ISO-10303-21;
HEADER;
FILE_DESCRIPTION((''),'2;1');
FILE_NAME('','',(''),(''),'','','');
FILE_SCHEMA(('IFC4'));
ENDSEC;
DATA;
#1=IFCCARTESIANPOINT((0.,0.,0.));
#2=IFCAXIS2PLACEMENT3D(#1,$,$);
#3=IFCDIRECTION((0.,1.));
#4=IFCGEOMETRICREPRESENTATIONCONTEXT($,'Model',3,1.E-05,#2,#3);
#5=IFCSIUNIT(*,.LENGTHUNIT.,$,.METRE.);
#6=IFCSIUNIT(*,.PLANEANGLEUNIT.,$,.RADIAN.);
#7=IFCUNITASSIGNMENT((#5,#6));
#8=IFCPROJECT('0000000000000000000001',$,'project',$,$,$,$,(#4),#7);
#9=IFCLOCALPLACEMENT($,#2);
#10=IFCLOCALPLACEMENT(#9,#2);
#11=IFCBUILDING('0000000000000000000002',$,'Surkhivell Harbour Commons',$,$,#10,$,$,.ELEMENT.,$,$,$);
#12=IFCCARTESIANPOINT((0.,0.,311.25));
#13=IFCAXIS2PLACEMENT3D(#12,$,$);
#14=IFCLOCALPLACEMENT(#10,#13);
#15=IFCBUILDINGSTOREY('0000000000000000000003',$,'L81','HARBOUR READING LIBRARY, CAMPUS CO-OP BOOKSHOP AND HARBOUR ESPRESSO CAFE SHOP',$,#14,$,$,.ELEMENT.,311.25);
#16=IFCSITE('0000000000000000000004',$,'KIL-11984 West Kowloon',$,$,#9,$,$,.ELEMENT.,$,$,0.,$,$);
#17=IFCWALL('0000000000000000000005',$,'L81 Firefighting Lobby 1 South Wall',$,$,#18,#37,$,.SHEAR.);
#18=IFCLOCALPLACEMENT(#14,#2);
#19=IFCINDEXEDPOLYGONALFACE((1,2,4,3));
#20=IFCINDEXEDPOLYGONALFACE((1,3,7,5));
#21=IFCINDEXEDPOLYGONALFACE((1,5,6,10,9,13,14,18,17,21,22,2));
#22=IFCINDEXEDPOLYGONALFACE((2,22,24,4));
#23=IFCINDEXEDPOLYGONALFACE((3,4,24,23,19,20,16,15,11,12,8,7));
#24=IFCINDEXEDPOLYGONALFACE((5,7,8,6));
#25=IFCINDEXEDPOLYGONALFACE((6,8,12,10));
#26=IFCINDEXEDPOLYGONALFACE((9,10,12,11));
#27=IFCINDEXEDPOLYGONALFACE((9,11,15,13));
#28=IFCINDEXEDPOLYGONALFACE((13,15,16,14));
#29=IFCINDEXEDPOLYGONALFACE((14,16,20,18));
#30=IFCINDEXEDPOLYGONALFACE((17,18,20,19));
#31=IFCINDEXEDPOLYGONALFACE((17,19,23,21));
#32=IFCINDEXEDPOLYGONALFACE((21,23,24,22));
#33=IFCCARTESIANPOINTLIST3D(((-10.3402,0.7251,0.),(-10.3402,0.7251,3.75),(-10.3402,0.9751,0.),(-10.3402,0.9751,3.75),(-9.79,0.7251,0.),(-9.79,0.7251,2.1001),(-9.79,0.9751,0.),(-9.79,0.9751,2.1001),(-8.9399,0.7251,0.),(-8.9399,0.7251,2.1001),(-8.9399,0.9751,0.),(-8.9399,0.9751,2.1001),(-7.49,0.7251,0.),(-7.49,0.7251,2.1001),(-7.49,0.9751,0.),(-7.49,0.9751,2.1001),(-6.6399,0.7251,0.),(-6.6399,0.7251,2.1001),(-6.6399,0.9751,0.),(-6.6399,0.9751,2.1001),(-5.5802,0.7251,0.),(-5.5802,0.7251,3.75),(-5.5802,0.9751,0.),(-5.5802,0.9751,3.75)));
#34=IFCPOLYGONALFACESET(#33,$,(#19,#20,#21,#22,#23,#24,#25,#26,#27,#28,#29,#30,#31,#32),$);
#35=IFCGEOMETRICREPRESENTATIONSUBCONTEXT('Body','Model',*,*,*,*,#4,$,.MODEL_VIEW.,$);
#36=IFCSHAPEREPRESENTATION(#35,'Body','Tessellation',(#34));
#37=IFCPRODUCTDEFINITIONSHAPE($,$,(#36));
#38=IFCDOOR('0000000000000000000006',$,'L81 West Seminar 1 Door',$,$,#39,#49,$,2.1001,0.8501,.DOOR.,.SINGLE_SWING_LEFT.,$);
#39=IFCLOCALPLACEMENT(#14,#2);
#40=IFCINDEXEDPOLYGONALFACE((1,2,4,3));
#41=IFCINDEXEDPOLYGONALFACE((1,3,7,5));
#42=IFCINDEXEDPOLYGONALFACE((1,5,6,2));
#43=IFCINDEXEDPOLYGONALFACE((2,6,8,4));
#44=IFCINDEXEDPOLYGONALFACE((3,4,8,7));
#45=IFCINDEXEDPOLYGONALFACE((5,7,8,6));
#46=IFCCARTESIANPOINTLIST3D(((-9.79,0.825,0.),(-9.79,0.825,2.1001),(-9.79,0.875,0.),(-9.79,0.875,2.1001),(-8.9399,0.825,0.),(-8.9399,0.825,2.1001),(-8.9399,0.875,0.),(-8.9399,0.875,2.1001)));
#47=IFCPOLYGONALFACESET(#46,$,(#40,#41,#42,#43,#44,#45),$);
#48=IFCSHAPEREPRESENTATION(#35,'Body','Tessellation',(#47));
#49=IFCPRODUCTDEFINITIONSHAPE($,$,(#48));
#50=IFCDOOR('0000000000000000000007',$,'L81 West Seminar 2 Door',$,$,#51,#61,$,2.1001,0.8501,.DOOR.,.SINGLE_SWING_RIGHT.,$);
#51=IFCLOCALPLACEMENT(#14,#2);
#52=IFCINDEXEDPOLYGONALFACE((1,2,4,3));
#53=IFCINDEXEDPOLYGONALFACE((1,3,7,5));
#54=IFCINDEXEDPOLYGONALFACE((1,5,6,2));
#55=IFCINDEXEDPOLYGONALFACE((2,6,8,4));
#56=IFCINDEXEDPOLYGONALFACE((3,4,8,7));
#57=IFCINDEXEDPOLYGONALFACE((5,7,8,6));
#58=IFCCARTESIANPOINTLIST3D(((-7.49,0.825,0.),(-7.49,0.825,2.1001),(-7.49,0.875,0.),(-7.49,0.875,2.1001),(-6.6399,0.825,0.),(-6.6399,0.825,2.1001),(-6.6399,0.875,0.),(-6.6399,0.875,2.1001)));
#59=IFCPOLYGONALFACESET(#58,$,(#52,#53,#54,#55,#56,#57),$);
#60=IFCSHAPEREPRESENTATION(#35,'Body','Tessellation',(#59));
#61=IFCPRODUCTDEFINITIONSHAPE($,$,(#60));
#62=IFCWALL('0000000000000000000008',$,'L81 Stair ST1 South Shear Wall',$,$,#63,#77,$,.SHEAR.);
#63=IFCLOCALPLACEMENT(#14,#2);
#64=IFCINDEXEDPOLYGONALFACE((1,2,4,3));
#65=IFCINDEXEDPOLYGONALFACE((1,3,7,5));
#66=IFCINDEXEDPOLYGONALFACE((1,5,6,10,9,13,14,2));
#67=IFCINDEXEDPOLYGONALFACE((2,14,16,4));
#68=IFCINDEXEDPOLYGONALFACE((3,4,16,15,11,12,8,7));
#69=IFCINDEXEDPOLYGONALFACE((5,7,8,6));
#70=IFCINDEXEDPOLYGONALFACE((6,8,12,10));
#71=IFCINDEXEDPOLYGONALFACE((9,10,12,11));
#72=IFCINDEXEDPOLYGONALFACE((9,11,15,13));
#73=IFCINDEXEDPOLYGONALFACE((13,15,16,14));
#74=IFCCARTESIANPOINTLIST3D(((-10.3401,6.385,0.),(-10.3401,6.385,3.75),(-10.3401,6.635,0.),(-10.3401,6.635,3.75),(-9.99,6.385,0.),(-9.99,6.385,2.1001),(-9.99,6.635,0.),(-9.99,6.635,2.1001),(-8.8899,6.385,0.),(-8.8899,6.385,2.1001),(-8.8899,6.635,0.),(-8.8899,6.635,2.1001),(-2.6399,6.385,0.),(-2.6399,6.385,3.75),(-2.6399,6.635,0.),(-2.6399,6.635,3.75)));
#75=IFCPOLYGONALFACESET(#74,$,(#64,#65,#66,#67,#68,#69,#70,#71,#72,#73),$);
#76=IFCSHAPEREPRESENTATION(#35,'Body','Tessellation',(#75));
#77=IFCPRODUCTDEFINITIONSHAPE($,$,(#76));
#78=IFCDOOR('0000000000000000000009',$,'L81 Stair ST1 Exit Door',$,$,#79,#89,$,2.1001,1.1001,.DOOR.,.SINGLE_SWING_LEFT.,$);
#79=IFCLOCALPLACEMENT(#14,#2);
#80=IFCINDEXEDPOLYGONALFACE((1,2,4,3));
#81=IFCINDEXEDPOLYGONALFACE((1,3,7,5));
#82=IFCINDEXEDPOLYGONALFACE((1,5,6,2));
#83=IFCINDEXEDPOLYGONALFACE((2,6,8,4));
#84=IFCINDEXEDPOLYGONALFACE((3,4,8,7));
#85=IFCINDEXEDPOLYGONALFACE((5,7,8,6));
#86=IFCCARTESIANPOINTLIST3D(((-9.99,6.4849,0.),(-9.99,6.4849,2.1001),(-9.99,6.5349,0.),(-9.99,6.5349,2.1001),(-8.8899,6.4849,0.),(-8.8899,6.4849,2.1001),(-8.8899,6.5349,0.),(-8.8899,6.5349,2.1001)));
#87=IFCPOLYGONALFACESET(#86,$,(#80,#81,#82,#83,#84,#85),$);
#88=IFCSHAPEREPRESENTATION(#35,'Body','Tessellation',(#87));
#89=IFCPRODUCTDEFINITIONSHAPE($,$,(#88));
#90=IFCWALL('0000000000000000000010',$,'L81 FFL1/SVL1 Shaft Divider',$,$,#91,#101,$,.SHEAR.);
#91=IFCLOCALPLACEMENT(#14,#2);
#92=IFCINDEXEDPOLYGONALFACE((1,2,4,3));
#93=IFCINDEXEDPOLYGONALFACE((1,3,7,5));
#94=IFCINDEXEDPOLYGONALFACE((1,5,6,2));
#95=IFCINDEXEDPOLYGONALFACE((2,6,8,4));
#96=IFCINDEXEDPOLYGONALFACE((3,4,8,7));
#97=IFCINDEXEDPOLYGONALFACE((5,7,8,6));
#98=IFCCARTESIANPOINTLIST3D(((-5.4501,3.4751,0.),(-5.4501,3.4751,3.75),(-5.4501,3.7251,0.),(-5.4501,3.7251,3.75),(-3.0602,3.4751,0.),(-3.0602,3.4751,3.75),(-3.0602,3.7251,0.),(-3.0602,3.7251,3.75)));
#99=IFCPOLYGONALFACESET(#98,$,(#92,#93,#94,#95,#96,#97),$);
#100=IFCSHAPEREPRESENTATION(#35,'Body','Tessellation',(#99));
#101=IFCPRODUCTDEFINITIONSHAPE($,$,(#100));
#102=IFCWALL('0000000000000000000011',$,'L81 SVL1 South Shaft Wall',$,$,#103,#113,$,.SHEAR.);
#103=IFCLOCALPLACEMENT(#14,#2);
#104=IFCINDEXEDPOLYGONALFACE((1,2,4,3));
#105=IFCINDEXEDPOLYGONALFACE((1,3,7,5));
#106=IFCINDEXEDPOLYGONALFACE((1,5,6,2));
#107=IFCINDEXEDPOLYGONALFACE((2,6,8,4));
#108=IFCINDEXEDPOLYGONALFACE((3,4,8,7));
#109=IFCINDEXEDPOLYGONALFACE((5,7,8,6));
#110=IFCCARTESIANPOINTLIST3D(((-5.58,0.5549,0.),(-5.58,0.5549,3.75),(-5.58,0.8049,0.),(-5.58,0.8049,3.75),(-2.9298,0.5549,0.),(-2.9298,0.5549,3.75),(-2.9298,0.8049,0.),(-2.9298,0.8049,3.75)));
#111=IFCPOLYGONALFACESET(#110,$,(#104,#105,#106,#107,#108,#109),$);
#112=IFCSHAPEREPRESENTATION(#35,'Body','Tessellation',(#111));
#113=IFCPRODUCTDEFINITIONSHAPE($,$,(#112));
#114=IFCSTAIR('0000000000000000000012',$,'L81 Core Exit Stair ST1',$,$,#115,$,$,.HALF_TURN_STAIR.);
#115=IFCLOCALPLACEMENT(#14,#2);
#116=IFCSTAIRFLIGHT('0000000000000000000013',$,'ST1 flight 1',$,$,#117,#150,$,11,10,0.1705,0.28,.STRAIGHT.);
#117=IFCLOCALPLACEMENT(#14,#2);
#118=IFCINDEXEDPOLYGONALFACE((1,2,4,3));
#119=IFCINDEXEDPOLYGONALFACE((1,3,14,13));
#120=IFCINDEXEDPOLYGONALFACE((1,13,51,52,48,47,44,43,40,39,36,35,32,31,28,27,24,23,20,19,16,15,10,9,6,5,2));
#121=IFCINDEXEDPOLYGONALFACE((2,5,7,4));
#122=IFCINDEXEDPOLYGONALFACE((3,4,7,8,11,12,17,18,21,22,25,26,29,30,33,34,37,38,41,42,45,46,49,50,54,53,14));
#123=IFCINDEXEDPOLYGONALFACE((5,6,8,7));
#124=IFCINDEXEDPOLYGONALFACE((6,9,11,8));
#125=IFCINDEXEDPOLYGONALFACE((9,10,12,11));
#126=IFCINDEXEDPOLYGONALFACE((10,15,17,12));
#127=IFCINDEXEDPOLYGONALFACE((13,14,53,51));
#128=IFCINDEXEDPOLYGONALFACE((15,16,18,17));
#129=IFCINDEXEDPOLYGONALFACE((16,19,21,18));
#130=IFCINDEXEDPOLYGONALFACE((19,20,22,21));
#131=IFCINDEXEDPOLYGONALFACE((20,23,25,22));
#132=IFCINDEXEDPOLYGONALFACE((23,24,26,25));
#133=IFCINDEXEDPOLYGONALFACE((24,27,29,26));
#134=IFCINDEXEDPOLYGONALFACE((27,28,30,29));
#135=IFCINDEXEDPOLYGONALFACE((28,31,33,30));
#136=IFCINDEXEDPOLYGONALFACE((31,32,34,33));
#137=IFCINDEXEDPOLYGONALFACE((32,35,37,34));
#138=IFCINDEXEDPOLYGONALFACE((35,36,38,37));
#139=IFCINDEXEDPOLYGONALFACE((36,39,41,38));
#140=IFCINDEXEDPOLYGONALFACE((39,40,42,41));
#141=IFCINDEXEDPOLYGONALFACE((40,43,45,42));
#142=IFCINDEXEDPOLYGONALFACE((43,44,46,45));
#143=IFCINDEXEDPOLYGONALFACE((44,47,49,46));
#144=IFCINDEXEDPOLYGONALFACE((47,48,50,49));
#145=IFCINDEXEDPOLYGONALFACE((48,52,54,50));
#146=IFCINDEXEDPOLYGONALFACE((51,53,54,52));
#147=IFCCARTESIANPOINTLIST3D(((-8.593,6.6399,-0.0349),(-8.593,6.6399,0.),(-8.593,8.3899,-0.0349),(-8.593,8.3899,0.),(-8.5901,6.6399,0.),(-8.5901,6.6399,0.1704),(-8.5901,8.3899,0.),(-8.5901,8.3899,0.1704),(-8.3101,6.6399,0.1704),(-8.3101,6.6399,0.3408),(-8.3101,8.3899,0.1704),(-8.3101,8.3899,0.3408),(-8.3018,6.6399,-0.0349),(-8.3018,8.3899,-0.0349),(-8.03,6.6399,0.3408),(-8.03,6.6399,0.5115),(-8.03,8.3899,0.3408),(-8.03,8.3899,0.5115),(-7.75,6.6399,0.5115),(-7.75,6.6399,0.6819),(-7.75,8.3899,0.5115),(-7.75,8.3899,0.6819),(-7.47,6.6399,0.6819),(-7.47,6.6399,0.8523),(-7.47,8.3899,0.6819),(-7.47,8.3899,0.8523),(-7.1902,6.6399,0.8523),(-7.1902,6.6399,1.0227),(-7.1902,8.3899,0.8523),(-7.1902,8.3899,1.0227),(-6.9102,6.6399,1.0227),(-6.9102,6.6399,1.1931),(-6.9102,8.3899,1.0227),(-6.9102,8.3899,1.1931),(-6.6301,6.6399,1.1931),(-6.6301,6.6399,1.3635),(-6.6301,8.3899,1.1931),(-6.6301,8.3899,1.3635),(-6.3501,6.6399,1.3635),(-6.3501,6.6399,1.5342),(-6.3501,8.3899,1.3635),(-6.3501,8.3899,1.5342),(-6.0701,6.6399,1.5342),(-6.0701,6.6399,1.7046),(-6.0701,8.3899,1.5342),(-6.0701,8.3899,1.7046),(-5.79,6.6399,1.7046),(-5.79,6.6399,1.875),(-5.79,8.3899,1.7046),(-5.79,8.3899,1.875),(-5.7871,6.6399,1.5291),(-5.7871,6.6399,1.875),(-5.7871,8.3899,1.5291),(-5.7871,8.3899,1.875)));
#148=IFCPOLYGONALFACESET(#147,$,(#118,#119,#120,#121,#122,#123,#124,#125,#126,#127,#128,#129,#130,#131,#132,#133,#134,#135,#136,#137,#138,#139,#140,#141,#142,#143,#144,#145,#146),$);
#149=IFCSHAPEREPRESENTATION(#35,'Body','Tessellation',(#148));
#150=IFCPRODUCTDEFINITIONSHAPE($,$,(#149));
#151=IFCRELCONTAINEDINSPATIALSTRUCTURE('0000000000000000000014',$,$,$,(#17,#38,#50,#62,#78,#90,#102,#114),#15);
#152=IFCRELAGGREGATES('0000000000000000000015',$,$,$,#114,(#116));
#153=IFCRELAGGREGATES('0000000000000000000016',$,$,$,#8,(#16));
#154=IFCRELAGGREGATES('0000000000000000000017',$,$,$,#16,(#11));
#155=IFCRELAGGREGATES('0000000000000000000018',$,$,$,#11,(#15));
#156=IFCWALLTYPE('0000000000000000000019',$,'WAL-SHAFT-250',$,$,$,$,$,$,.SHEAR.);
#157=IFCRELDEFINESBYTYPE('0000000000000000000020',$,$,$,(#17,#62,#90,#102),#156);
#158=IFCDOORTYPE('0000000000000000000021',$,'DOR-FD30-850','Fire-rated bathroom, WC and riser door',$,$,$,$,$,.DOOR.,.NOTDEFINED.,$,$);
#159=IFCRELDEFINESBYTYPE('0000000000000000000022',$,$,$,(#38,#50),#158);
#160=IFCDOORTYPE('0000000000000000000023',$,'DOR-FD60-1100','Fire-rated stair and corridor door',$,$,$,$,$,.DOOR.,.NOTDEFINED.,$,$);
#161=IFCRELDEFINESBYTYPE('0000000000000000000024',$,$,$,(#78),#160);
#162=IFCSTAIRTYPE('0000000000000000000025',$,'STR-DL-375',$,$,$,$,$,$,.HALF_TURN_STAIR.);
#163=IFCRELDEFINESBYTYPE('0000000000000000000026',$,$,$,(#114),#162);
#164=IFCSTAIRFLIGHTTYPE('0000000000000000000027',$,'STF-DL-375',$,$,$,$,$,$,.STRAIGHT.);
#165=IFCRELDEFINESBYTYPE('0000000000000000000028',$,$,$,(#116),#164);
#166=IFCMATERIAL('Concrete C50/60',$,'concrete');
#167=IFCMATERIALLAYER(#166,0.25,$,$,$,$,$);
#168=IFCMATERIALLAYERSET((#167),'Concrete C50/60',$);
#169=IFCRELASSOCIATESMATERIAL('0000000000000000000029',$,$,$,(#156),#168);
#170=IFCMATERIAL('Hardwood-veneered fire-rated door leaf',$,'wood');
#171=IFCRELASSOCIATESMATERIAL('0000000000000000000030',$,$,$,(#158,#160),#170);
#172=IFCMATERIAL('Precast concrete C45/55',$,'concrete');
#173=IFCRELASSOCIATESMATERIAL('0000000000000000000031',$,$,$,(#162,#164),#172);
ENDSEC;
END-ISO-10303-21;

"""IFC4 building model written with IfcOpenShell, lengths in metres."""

from ifc_helpers import new_model, si_unit, direction, frame, frame_2d, origin, place, context, subcontext, project, spatial, polyline, rectangle, outline, extrude, material, layer, layer_set, type_object, element, fill, aggregate, save


model = new_model("IFC4")

# Units and contexts
model_context = context("Model", 3, precision=1e-05, world=origin(), true_north=direction((0.0, 1.0)))
body_context = subcontext(model_context, "Body", "Model", "MODEL_VIEW")
ifc_project = project(units=[si_unit("LENGTHUNIT", "METRE"), si_unit("PLANEANGLEUNIT", "RADIAN")], contexts=[model_context])

# Site, building, storey
site_placement = place(None, origin())
site = spatial("IfcSite", under=ifc_project, at=site_placement, Name="KIL-11984 West Kowloon", CompositionType="ELEMENT", RefElevation=0.0)
building_placement = place(site_placement, origin())
building = spatial("IfcBuilding", under=site, at=building_placement, Name="Surkhivell Harbour Commons", CompositionType="ELEMENT")
storey_placement = place(building_placement, frame((0.0, 0.0, 311.25)))
storey = spatial("IfcBuildingStorey", under=building, at=storey_placement, Name="L81", Description="HARBOUR READING LIBRARY, CAMPUS CO-OP BOOKSHOP AND HARBOUR ESPRESSO CAFE SHOP", CompositionType="ELEMENT", Elevation=311.25)

# Shared definitions
ifc_material_1 = material(Name="Concrete C50/60", Category="concrete")
ifc_material_2 = material(Name="Hardwood-veneered fire-rated door leaf", Category="wood")

# Shared definitions
ifc_layer_1 = layer(ifc_material_1, 0.25)
ifc_layer_set_1 = layer_set([ifc_layer_1], Name="Concrete C50/60")
wall_type_1 = type_object("IfcWallType", Name="WAL-SHAFT-250", PredefinedType="SHEAR", material=ifc_layer_set_1)

# Wall, openings, doors
wall_1_placement = place(storey_placement, frame((-10.3401, 0.8501, 0.0), z_axis=(0.0, 0.0, 1.0), x_axis=(1.0, 0.0, 0.0)))
wall_1 = element("IfcWall", 1, at=wall_1_placement, inside=storey, type_object=wall_type_1, Name="L81 Firefighting Lobby 1 South Wall", PredefinedType="SHEAR", context=body_context, shape_type="SweptSolid", body=[
    extrude(rectangle(XDim=4.76, YDim=0.25, at=frame_2d((2.3799, 0.0))), origin(), (0.0, 0.0, 1.0), 3.75),
])
opening_1_placement = place(wall_1_placement, frame((0.55, 0.0, 0.0)))
opening_1 = element("IfcOpeningElement", 2, at=opening_1_placement, cuts=wall_1, PredefinedType="OPENING", context=body_context, shape_type="SweptSolid", body=[
    extrude(rectangle(XDim=0.8501, YDim=2.1001, at=frame_2d((0.425, 1.05))), frame((0.0, 0.135, 0.0), z_axis=(0.0, -1.0, 0.0), x_axis=(1.0, 0.0, 0.0)), (0.0, 0.0, 1.0), 0.27),
])
opening_2_placement = place(wall_1_placement, frame((2.8501, 0.0, 0.0)))
opening_2 = element("IfcOpeningElement", 3, at=opening_2_placement, cuts=wall_1, PredefinedType="OPENING", context=body_context, shape_type="SweptSolid", body=[
    extrude(rectangle(XDim=0.8501, YDim=2.1001, at=frame_2d((0.425, 1.05))), frame((0.0, 0.135, 0.0), z_axis=(0.0, -1.0, 0.0), x_axis=(1.0, 0.0, 0.0)), (0.0, 0.0, 1.0), 0.27),
])
door_type_1 = type_object("IfcDoorType", Name="DOR-FD30-850", Description="Fire-rated bathroom, WC and riser door", OperationType="NOTDEFINED", PredefinedType="DOOR", material=ifc_material_2)
door_1_placement = place(opening_1_placement, origin())
door_1 = element("IfcDoor", 4, at=door_1_placement, inside=storey, type_object=door_type_1, Name="L81 West Seminar 1 Door", OperationType="SINGLE_SWING_LEFT", OverallHeight=2.1001, OverallWidth=0.8501, PredefinedType="DOOR", context=body_context, shape_type="SweptSolid", body=[
    extrude(rectangle(XDim=0.8501, YDim=2.1001, at=frame_2d((0.425, 1.05))), frame((0.0, 0.0249, 0.0), z_axis=(0.0, -1.0, 0.0), x_axis=(1.0, 0.0, 0.0)), (0.0, 0.0, 1.0), 0.05),
])
fill(opening_1, door_1)
door_2_placement = place(opening_2_placement, origin())
door_2 = element("IfcDoor", 5, at=door_2_placement, inside=storey, type_object=door_type_1, Name="L81 West Seminar 2 Door", OperationType="SINGLE_SWING_RIGHT", OverallHeight=2.1001, OverallWidth=0.8501, PredefinedType="DOOR", context=body_context, shape_type="SweptSolid", body=[
    extrude(rectangle(XDim=0.8501, YDim=2.1001, at=frame_2d((0.425, 1.05))), frame((0.0, 0.0249, 0.0), z_axis=(0.0, -1.0, 0.0), x_axis=(1.0, 0.0, 0.0)), (0.0, 0.0, 1.0), 0.05),
])
fill(opening_2, door_2)

# Wall, opening, door
wall_2_placement = place(storey_placement, frame((-10.3401, 6.51, 0.0), z_axis=(0.0, 0.0, 1.0), x_axis=(1.0, 0.0, 0.0)))
wall_2 = element("IfcWall", 6, at=wall_2_placement, inside=storey, type_object=wall_type_1, Name="L81 Stair ST1 South Shear Wall", PredefinedType="SHEAR", context=body_context, shape_type="SweptSolid", body=[
    extrude(rectangle(XDim=7.7002, YDim=0.25, at=frame_2d((3.8501, 0.0))), origin(), (0.0, 0.0, 1.0), 3.75),
])
opening_3_placement = place(wall_2_placement, frame((0.3501, 0.0, 0.0)))
opening_3 = element("IfcOpeningElement", 7, at=opening_3_placement, cuts=wall_2, PredefinedType="OPENING", context=body_context, shape_type="SweptSolid", body=[
    extrude(rectangle(XDim=1.1001, YDim=2.1001, at=frame_2d((0.55, 1.05))), frame((0.0, 0.135, 0.0), z_axis=(0.0, -1.0, 0.0), x_axis=(1.0, 0.0, 0.0)), (0.0, 0.0, 1.0), 0.27),
])
door_type_2 = type_object("IfcDoorType", Name="DOR-FD60-1100", Description="Fire-rated stair and corridor door", OperationType="NOTDEFINED", PredefinedType="DOOR", material=ifc_material_2)
door_3_placement = place(opening_3_placement, origin())
door_3 = element("IfcDoor", 8, at=door_3_placement, inside=storey, type_object=door_type_2, Name="L81 Stair ST1 Exit Door", OperationType="SINGLE_SWING_LEFT", OverallHeight=2.1001, OverallWidth=1.1001, PredefinedType="DOOR", context=body_context, shape_type="SweptSolid", body=[
    extrude(rectangle(XDim=1.1001, YDim=2.1001, at=frame_2d((0.55, 1.05))), frame((0.0, 0.0249, 0.0), z_axis=(0.0, -1.0, 0.0), x_axis=(1.0, 0.0, 0.0)), (0.0, 0.0, 1.0), 0.05),
])
fill(opening_3, door_3)

# Walls
wall_3_placement = place(storey_placement, frame((-5.45, 3.6001, 0.0), z_axis=(0.0, 0.0, 1.0), x_axis=(1.0, 0.0, 0.0)))
element("IfcWall", 9, at=wall_3_placement, inside=storey, type_object=wall_type_1, Name="L81 FFL1/SVL1 Shaft Divider", PredefinedType="SHEAR", context=body_context, shape_type="SweptSolid", body=[
    extrude(rectangle(XDim=2.3899, YDim=0.25, at=frame_2d((1.1948, 0.0))), origin(), (0.0, 0.0, 1.0), 3.75),
])
wall_4_placement = place(storey_placement, frame((-5.5801, 0.6799, 0.0), z_axis=(0.0, 0.0, 1.0), x_axis=(1.0, 0.0, 0.0)))
element("IfcWall", 10, at=wall_4_placement, inside=storey, type_object=wall_type_1, Name="L81 SVL1 South Shaft Wall", PredefinedType="SHEAR", context=body_context, shape_type="SweptSolid", body=[
    extrude(rectangle(XDim=2.6501, YDim=0.25, at=frame_2d((1.3252, 0.0))), origin(), (0.0, 0.0, 1.0), 3.75),
])

# Stair, stair flight
ifc_material_3 = material(Name="Precast concrete C45/55", Category="concrete")
stair_type = type_object("IfcStairType", Name="STR-DL-375", PredefinedType="HALF_TURN_STAIR", material=ifc_material_3)
stair_placement = place(storey_placement, origin())
stair = element("IfcStair", 11, at=stair_placement, inside=storey, type_object=stair_type, Name="L81 Core Exit Stair ST1", PredefinedType="HALF_TURN_STAIR")
stair_flight_type = type_object("IfcStairFlightType", Name="STF-DL-375", PredefinedType="STRAIGHT", material=ifc_material_3)
stair_flight_1_placement = place(storey_placement, frame((-8.5901, 7.5149, 0.0), z_axis=(0.0, 0.0, 1.0), x_axis=(1.0, 0.0, 0.0)))
stair_flight_1 = element("IfcStairFlight", 12, at=stair_flight_1_placement, type_object=stair_flight_type, Name="ST1 flight 1", NumberOfRisers=11, NumberOfTreads=10, PredefinedType="STRAIGHT", RiserHeight=0.1705, TreadLength=0.28, context=body_context, shape_type="SweptSolid", body=[
    extrude(outline(polyline([(-0.0029, -0.0349), (-0.0029, 0.0), (0.0, 0.0), (0.0, 0.1704), (0.28, 0.1704), (0.28, 0.3408), (0.5601, 0.3408), (0.5601, 0.5115), (0.8401, 0.5115), (0.8401, 0.6819), (1.1201, 0.6819), (1.1201, 0.8523), (1.3999, 0.8523), (1.3999, 1.0227), (1.6799, 1.0227), (1.6799, 1.1931), (1.96, 1.1931), (1.96, 1.3635), (2.24, 1.3635), (2.24, 1.5342), (2.52, 1.5342), (2.52, 1.7046), (2.8, 1.7046), (2.8, 1.875), (2.803, 1.875), (2.803, 1.5291), (0.2883, -0.0349), (-0.0029, -0.0349)])), frame((0.0, 0.875, 0.0), z_axis=(0.0, -1.0, 0.0), x_axis=(1.0, 0.0, 0.0)), (0.0, 0.0, 1.0), 1.75),
])
aggregate(stair, [stair_flight_1])

save(model, "model.ifc")
